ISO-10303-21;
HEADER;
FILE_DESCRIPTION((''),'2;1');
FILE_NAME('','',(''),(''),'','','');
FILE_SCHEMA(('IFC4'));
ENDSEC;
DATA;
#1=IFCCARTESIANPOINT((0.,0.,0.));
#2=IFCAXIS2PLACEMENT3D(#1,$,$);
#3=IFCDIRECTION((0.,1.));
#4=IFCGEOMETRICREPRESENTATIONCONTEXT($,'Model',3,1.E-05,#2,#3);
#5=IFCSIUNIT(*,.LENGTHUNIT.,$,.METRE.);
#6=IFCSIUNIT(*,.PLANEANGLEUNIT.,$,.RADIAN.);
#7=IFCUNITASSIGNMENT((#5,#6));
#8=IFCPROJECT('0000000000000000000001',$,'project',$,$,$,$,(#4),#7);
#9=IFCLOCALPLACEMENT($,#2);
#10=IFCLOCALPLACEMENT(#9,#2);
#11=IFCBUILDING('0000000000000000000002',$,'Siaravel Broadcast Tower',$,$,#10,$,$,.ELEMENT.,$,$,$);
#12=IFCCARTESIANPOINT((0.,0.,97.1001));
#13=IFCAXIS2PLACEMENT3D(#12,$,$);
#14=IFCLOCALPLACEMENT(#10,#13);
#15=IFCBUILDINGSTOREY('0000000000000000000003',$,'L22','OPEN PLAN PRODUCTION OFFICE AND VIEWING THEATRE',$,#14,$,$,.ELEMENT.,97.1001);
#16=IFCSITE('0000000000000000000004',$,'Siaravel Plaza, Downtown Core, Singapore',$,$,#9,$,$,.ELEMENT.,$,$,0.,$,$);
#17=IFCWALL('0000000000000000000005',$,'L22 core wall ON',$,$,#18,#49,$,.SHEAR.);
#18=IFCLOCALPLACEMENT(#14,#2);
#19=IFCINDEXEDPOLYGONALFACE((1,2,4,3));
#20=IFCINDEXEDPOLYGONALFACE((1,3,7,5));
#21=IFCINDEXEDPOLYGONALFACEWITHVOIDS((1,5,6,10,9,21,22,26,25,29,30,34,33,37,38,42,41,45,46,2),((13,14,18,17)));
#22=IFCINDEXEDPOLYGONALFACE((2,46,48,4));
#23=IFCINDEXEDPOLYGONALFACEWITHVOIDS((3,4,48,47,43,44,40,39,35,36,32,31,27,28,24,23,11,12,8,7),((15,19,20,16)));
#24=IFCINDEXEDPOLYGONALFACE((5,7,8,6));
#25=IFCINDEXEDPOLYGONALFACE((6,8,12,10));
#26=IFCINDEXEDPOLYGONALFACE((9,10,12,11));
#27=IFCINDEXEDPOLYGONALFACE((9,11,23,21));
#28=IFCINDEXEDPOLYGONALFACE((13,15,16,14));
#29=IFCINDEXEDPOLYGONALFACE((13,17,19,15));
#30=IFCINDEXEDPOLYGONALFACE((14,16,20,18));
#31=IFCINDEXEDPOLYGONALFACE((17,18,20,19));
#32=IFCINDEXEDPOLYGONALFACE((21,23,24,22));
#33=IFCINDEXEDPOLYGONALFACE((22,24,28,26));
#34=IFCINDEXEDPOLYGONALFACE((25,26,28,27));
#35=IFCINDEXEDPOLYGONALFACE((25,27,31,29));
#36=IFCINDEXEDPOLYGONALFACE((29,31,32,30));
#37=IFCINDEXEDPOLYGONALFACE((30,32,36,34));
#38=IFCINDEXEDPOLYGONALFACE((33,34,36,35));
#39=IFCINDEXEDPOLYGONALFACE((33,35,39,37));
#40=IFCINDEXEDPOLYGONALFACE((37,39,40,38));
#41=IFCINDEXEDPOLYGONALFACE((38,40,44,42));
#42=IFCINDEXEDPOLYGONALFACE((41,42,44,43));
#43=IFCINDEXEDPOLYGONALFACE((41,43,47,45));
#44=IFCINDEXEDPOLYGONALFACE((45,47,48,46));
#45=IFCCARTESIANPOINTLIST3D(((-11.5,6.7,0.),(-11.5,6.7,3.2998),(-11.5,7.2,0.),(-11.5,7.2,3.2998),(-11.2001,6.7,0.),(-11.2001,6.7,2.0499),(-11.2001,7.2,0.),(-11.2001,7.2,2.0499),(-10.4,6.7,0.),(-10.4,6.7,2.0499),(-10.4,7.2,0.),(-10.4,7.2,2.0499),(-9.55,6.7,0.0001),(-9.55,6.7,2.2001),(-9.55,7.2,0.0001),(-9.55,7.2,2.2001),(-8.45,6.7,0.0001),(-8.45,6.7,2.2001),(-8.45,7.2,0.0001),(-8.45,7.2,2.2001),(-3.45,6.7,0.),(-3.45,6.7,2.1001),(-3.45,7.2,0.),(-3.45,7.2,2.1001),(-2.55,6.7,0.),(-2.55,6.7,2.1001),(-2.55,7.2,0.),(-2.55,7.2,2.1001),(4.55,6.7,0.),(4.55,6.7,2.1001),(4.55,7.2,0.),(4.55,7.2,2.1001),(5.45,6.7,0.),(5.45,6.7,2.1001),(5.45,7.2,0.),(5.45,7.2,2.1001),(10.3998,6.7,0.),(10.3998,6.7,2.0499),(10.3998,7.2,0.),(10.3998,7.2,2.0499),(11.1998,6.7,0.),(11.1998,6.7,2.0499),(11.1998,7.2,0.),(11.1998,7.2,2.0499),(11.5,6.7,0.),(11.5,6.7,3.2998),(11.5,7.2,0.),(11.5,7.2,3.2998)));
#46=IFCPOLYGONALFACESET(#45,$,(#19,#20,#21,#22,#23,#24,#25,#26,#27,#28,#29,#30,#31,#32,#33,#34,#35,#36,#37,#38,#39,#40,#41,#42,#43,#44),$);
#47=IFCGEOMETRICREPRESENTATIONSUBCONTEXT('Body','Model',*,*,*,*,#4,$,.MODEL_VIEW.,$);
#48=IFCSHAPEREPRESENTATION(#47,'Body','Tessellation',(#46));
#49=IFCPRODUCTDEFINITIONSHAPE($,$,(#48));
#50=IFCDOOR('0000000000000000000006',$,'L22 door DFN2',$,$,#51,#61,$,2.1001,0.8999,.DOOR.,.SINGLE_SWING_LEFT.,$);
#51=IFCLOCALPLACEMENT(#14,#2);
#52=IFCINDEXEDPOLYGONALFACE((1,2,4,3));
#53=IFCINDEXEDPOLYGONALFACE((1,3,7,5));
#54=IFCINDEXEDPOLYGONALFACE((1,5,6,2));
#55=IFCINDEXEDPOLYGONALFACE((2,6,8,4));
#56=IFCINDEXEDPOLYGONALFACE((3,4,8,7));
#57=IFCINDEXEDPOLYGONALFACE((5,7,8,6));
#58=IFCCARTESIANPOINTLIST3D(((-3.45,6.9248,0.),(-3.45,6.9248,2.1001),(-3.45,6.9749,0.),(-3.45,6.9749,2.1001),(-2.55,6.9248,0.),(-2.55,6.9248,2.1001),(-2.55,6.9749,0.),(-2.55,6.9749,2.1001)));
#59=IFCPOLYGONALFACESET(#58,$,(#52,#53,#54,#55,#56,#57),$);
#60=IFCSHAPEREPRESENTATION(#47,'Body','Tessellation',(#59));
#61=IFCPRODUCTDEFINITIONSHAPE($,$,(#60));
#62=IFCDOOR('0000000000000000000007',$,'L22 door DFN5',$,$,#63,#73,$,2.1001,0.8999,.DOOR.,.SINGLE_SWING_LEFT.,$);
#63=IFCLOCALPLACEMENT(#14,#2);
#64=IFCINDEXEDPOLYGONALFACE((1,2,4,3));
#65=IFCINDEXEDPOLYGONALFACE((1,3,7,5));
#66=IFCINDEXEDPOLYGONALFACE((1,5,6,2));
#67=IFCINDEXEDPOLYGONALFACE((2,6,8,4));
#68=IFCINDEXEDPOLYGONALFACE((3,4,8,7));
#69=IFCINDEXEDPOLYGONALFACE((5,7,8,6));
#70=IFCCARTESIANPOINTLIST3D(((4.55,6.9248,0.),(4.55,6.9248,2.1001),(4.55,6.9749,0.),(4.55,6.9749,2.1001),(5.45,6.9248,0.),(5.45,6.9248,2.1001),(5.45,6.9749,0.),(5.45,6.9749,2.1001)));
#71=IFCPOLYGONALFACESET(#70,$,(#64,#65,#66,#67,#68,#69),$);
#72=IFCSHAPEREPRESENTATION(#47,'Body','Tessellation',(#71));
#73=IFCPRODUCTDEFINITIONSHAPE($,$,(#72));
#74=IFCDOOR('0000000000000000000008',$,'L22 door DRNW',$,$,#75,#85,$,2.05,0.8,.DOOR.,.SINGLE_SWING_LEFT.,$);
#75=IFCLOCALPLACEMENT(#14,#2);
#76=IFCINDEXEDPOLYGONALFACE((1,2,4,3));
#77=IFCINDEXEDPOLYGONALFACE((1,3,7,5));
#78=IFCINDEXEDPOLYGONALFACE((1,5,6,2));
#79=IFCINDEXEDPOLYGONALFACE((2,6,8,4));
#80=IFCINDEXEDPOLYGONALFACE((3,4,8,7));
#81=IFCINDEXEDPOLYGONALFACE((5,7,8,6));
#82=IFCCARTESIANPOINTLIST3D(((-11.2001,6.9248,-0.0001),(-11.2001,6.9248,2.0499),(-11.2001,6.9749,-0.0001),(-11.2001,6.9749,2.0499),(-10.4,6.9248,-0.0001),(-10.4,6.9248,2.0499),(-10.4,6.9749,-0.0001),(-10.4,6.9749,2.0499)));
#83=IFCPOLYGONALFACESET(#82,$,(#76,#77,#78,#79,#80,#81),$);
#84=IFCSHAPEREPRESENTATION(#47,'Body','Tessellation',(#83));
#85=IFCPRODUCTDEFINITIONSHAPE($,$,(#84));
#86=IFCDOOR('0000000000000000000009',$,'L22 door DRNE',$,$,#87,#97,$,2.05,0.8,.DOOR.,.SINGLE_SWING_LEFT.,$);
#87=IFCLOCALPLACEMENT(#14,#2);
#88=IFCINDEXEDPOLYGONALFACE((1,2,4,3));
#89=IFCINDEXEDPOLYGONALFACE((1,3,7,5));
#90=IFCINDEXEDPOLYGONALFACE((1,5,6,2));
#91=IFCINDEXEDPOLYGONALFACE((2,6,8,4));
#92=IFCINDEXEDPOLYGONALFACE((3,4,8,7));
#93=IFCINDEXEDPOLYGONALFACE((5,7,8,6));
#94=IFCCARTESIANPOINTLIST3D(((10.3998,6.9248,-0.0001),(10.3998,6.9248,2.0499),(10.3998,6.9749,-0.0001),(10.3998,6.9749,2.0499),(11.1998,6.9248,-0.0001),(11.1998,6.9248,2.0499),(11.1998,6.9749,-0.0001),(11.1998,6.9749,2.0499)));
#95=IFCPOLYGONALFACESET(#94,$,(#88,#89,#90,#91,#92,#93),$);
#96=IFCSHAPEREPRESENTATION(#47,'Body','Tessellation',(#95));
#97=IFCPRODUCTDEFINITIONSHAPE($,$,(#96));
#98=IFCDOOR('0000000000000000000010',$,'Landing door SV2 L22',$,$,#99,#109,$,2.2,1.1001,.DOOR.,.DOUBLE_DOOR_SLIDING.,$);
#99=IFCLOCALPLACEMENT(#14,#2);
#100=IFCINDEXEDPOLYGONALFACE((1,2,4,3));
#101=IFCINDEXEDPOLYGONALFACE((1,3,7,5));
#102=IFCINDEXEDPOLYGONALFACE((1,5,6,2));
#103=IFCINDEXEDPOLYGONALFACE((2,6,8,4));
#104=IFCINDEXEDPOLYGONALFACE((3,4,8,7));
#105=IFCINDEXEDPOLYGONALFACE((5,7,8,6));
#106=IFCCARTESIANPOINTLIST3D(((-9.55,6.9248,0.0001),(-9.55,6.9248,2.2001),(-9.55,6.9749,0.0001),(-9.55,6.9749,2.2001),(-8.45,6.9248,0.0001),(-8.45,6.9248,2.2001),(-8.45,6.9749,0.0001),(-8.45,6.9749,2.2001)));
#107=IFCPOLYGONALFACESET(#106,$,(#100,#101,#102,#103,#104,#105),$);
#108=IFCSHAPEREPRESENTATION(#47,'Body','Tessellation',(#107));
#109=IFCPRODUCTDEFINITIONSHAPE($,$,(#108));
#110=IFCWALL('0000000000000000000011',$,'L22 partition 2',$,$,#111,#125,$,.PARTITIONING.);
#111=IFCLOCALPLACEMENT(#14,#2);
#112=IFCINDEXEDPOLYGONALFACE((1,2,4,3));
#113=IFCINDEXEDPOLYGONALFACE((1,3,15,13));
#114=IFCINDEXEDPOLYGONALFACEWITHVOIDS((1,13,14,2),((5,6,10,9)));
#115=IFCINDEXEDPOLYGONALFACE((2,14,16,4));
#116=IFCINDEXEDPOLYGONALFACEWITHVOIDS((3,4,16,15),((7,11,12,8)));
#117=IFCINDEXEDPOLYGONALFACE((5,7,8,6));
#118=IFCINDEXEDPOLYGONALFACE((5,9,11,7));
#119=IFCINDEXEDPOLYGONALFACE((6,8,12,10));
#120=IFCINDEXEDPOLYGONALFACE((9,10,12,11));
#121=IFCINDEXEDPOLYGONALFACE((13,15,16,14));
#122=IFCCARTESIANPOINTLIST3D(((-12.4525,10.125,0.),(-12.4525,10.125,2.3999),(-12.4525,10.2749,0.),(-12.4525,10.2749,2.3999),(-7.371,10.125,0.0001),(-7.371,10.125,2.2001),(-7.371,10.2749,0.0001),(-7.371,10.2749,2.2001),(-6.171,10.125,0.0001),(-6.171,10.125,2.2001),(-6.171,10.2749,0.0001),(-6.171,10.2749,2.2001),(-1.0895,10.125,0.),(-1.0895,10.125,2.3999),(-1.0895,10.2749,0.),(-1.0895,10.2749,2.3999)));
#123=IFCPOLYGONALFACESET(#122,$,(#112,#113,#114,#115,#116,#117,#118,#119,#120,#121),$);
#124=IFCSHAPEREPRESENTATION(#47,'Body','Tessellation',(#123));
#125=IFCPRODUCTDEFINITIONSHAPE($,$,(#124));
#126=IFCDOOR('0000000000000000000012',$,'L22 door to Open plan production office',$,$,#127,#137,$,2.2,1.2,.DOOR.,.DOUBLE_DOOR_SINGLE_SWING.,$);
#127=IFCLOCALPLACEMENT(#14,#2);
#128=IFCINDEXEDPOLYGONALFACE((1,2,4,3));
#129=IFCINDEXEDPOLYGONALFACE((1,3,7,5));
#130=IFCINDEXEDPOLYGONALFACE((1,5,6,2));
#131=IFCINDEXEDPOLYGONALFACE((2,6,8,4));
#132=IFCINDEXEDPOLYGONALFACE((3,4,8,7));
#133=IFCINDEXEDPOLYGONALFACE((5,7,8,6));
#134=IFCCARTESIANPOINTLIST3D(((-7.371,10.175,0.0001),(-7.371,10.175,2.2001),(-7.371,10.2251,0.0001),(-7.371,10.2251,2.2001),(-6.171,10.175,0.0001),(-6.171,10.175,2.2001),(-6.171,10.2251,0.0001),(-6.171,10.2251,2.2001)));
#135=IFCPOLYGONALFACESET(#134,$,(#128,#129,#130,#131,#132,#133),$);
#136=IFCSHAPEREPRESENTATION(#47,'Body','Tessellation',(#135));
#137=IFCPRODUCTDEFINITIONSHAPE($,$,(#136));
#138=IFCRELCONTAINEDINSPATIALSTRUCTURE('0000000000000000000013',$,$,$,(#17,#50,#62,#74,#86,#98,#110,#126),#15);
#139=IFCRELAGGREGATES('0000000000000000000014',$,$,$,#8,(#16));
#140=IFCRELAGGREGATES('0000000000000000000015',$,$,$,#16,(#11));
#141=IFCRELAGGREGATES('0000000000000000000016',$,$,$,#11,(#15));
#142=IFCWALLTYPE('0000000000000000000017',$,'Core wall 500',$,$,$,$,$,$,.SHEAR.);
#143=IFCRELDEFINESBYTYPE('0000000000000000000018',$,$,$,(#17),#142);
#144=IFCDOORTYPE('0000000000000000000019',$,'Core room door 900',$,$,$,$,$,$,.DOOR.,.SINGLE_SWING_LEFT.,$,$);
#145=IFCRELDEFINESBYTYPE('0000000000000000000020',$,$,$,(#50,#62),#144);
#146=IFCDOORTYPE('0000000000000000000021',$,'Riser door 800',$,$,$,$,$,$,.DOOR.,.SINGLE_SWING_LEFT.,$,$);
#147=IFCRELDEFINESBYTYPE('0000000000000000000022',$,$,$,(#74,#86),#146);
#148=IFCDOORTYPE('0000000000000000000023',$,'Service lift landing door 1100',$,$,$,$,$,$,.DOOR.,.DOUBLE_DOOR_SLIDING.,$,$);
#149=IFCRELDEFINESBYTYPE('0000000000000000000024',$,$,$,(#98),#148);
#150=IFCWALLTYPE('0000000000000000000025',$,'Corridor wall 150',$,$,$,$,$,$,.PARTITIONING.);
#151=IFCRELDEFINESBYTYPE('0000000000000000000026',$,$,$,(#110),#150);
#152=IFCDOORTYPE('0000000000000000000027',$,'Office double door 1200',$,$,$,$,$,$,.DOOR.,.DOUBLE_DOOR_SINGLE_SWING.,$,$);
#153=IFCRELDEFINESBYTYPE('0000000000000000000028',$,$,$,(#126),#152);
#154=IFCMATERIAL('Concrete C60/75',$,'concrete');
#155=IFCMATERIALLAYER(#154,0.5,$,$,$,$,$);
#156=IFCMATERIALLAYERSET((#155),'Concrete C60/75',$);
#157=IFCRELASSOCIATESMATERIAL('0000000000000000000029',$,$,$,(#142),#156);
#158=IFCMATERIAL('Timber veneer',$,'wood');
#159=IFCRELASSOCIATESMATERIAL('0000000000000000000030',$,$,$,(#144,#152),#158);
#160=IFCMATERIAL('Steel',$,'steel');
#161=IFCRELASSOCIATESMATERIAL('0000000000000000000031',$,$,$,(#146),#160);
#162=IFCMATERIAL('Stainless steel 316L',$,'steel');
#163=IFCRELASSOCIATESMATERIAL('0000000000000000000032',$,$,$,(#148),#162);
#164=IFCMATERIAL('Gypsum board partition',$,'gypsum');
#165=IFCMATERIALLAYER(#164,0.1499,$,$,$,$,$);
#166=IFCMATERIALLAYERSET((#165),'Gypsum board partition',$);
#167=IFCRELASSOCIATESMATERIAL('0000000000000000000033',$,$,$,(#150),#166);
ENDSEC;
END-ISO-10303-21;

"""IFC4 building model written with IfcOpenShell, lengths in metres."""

from ifc_helpers import new_model, si_unit, direction, frame, frame_2d, origin, place, context, subcontext, project, spatial, rectangle, extrude, material, layer, layer_set, type_object, element, fill, save


model = new_model("IFC4")

# Units and contexts
model_context = context("Model", 3, precision=1e-05, world=origin(), true_north=direction((0.0, 1.0)))
body_context = subcontext(model_context, "Body", "Model", "MODEL_VIEW")
ifc_project = project(units=[si_unit("LENGTHUNIT", "METRE"), si_unit("PLANEANGLEUNIT", "RADIAN")], contexts=[model_context])

# Site, building, storey
site_placement = place(None, origin())
site = spatial("IfcSite", under=ifc_project, at=site_placement, Name="Siaravel Plaza, Downtown Core, Singapore", CompositionType="ELEMENT", RefElevation=0.0)
building_placement = place(site_placement, origin())
building = spatial("IfcBuilding", under=site, at=building_placement, Name="Siaravel Broadcast Tower", CompositionType="ELEMENT")
storey_placement = place(building_placement, frame((0.0, 0.0, 97.1001)))
storey = spatial("IfcBuildingStorey", under=building, at=storey_placement, Name="L22", Description="OPEN PLAN PRODUCTION OFFICE AND VIEWING THEATRE", CompositionType="ELEMENT", Elevation=97.1001)

# Shared definitions
ifc_material_1 = material(Name="Concrete C60/75", Category="concrete")

# Wall, openings, doors
ifc_layer_1 = layer(ifc_material_1, 0.5)
ifc_layer_set_1 = layer_set([ifc_layer_1], Name="Concrete C60/75")
wall_type_1 = type_object("IfcWallType", Name="Core wall 500", PredefinedType="SHEAR", material=ifc_layer_set_1)
wall_1_placement = place(storey_placement, frame((-11.5, 6.95, 0.0), z_axis=(0.0, 0.0, 1.0), x_axis=(1.0, 0.0, 0.0)))
wall_1 = element("IfcWall", 1, at=wall_1_placement, inside=storey, type_object=wall_type_1, Name="L22 core wall ON", PredefinedType="SHEAR", context=body_context, shape_type="SweptSolid", body=[
    extrude(rectangle(XDim=23.0, YDim=0.5, at=frame_2d((11.5, 0.0))), origin(), (0.0, 0.0, 1.0), 3.2998),
])
opening_1_placement = place(wall_1_placement, frame((1.95, 0.0, 0.0)))
opening_1 = element("IfcOpeningElement", 2, at=opening_1_placement, cuts=wall_1, PredefinedType="OPENING", context=body_context, shape_type="SweptSolid", body=[
    extrude(rectangle(XDim=1.1001, YDim=2.2, at=frame_2d((0.55, 1.1001))), frame((0.0, 0.26, 0.0), z_axis=(0.0, -1.0, 0.0), x_axis=(1.0, 0.0, 0.0)), (0.0, 0.0, 1.0), 0.52),
])
opening_2_placement = place(wall_1_placement, frame((8.05, 0.0, 0.0)))
opening_2 = element("IfcOpeningElement", 3, at=opening_2_placement, cuts=wall_1, PredefinedType="OPENING", context=body_context, shape_type="SweptSolid", body=[
    extrude(rectangle(XDim=0.8999, YDim=2.1001, at=frame_2d((0.45, 1.05))), frame((0.0, 0.26, 0.0), z_axis=(0.0, -1.0, 0.0), x_axis=(1.0, 0.0, 0.0)), (0.0, 0.0, 1.0), 0.52),
])
opening_3_placement = place(wall_1_placement, frame((16.05, 0.0, 0.0)))
opening_3 = element("IfcOpeningElement", 4, at=opening_3_placement, cuts=wall_1, PredefinedType="OPENING", context=body_context, shape_type="SweptSolid", body=[
    extrude(rectangle(XDim=0.8999, YDim=2.1001, at=frame_2d((0.45, 1.05))), frame((0.0, 0.26, 0.0), z_axis=(0.0, -1.0, 0.0), x_axis=(1.0, 0.0, 0.0)), (0.0, 0.0, 1.0), 0.52),
])
opening_4_placement = place(wall_1_placement, frame((0.3, 0.0, 0.0)))
opening_4 = element("IfcOpeningElement", 5, at=opening_4_placement, cuts=wall_1, PredefinedType="OPENING", context=body_context, shape_type="SweptSolid", body=[
    extrude(rectangle(XDim=0.8, YDim=2.05, at=frame_2d((0.3999, 1.0249))), frame((0.0, 0.26, 0.0), z_axis=(0.0, -1.0, 0.0), x_axis=(1.0, 0.0, 0.0)), (0.0, 0.0, 1.0), 0.52),
])
opening_5_placement = place(wall_1_placement, frame((21.8999, 0.0, 0.0)))
opening_5 = element("IfcOpeningElement", 6, at=opening_5_placement, cuts=wall_1, PredefinedType="OPENING", context=body_context, shape_type="SweptSolid", body=[
    extrude(rectangle(XDim=0.8, YDim=2.05, at=frame_2d((0.3999, 1.0249))), frame((0.0, 0.26, 0.0), z_axis=(0.0, -1.0, 0.0), x_axis=(1.0, 0.0, 0.0)), (0.0, 0.0, 1.0), 0.52),
])
ifc_material_2 = material(Name="Timber veneer", Category="wood")
door_type_1 = type_object("IfcDoorType", Name="Core room door 900", OperationType="SINGLE_SWING_LEFT", PredefinedType="DOOR", material=ifc_material_2)
door_1_placement = place(opening_2_placement, origin())
door_1 = element("IfcDoor", 7, at=door_1_placement, inside=storey, type_object=door_type_1, Name="L22 door DFN2", OperationType="SINGLE_SWING_LEFT", OverallHeight=2.1001, OverallWidth=0.8999, PredefinedType="DOOR", context=body_context, shape_type="SweptSolid", body=[
    extrude(rectangle(XDim=0.8999, YDim=2.1001, at=frame_2d((0.45, 1.05))), frame((0.0, 0.0249, 0.0), z_axis=(0.0, -1.0, 0.0), x_axis=(1.0, 0.0, 0.0)), (0.0, 0.0, 1.0), 0.05),
])
fill(opening_2, door_1)
door_2_placement = place(opening_3_placement, origin())
door_2 = element("IfcDoor", 8, at=door_2_placement, inside=storey, type_object=door_type_1, Name="L22 door DFN5", OperationType="SINGLE_SWING_LEFT", OverallHeight=2.1001, OverallWidth=0.8999, PredefinedType="DOOR", context=body_context, shape_type="SweptSolid", body=[
    extrude(rectangle(XDim=0.8999, YDim=2.1001, at=frame_2d((0.45, 1.05))), frame((0.0, 0.0249, 0.0), z_axis=(0.0, -1.0, 0.0), x_axis=(1.0, 0.0, 0.0)), (0.0, 0.0, 1.0), 0.05),
])
fill(opening_3, door_2)
ifc_material_3 = material(Name="Steel", Category="steel")
door_type_2 = type_object("IfcDoorType", Name="Riser door 800", OperationType="SINGLE_SWING_LEFT", PredefinedType="DOOR", material=ifc_material_3)
door_3_placement = place(opening_4_placement, origin())
door_3 = element("IfcDoor", 9, at=door_3_placement, inside=storey, type_object=door_type_2, Name="L22 door DRNW", OperationType="SINGLE_SWING_LEFT", OverallHeight=2.05, OverallWidth=0.8, PredefinedType="DOOR", context=body_context, shape_type="SweptSolid", body=[
    extrude(rectangle(XDim=0.8, YDim=2.05, at=frame_2d((0.3999, 1.0249))), frame((0.0, 0.0249, 0.0), z_axis=(0.0, -1.0, 0.0), x_axis=(1.0, 0.0, 0.0)), (0.0, 0.0, 1.0), 0.05),
])
fill(opening_4, door_3)
door_4_placement = place(opening_5_placement, origin())
door_4 = element("IfcDoor", 10, at=door_4_placement, inside=storey, type_object=door_type_2, Name="L22 door DRNE", OperationType="SINGLE_SWING_LEFT", OverallHeight=2.05, OverallWidth=0.8, PredefinedType="DOOR", context=body_context, shape_type="SweptSolid", body=[
    extrude(rectangle(XDim=0.8, YDim=2.05, at=frame_2d((0.3999, 1.0249))), frame((0.0, 0.0249, 0.0), z_axis=(0.0, -1.0, 0.0), x_axis=(1.0, 0.0, 0.0)), (0.0, 0.0, 1.0), 0.05),
])
fill(opening_5, door_4)
ifc_material_4 = material(Name="Stainless steel 316L", Category="steel")
door_type_3 = type_object("IfcDoorType", Name="Service lift landing door 1100", OperationType="DOUBLE_DOOR_SLIDING", PredefinedType="DOOR", material=ifc_material_4)
door_5_placement = place(opening_1_placement, origin())
door_5 = element("IfcDoor", 11, at=door_5_placement, inside=storey, type_object=door_type_3, Name="Landing door SV2 L22", OperationType="DOUBLE_DOOR_SLIDING", OverallHeight=2.2, OverallWidth=1.1001, PredefinedType="DOOR", context=body_context, shape_type="SweptSolid", body=[
    extrude(rectangle(XDim=1.1001, YDim=2.2, at=frame_2d((0.55, 1.1001))), frame((0.0, 0.0249, 0.0), z_axis=(0.0, -1.0, 0.0), x_axis=(1.0, 0.0, 0.0)), (0.0, 0.0, 1.0), 0.05),
])
fill(opening_1, door_5)

# Wall, opening, door
ifc_material_5 = material(Name="Gypsum board partition", Category="gypsum")
ifc_layer_2 = layer(ifc_material_5, 0.1499)
ifc_layer_set_2 = layer_set([ifc_layer_2], Name="Gypsum board partition")
wall_type_2 = type_object("IfcWallType", Name="Corridor wall 150", PredefinedType="PARTITIONING", material=ifc_layer_set_2)
wall_2_placement = place(storey_placement, frame((-1.0894, 10.2, 0.0), z_axis=(0.0, 0.0, 1.0), x_axis=(-1.0, 0.0, 0.0)))
wall_2 = element("IfcWall", 12, at=wall_2_placement, inside=storey, type_object=wall_type_2, Name="L22 partition 2", PredefinedType="PARTITIONING", context=body_context, shape_type="SweptSolid", body=[
    extrude(rectangle(XDim=11.363, YDim=0.1499, at=frame_2d((5.6816, 0.0))), origin(), (0.0, 0.0, 1.0), 2.3999),
])
opening_6_placement = place(wall_2_placement, frame((5.0815, 0.0, 0.0)))
opening_6 = element("IfcOpeningElement", 13, at=opening_6_placement, cuts=wall_2, PredefinedType="OPENING", context=body_context, shape_type="SweptSolid", body=[
    extrude(rectangle(XDim=1.2, YDim=2.2, at=frame_2d((0.6001, 1.1001))), frame((0.0, 0.085, 0.0), z_axis=(0.0, -1.0, 0.0), x_axis=(1.0, 0.0, 0.0)), (0.0, 0.0, 1.0), 0.1699),
])
door_type_4 = type_object("IfcDoorType", Name="Office double door 1200", OperationType="DOUBLE_DOOR_SINGLE_SWING", PredefinedType="DOOR", material=ifc_material_2)
door_6_placement = place(opening_6_placement, origin())
door_6 = element("IfcDoor", 14, at=door_6_placement, inside=storey, type_object=door_type_4, Name="L22 door to Open plan production office", OperationType="DOUBLE_DOOR_SINGLE_SWING", OverallHeight=2.2, OverallWidth=1.2, PredefinedType="DOOR", context=body_context, shape_type="SweptSolid", body=[
    extrude(rectangle(XDim=1.2, YDim=2.2, at=frame_2d((0.6001, 1.1001))), frame((0.0, 0.0249, 0.0), z_axis=(0.0, -1.0, 0.0), x_axis=(1.0, 0.0, 0.0)), (0.0, 0.0, 1.0), 0.05),
])
fill(opening_6, door_6)

save(model, "model.ifc")
